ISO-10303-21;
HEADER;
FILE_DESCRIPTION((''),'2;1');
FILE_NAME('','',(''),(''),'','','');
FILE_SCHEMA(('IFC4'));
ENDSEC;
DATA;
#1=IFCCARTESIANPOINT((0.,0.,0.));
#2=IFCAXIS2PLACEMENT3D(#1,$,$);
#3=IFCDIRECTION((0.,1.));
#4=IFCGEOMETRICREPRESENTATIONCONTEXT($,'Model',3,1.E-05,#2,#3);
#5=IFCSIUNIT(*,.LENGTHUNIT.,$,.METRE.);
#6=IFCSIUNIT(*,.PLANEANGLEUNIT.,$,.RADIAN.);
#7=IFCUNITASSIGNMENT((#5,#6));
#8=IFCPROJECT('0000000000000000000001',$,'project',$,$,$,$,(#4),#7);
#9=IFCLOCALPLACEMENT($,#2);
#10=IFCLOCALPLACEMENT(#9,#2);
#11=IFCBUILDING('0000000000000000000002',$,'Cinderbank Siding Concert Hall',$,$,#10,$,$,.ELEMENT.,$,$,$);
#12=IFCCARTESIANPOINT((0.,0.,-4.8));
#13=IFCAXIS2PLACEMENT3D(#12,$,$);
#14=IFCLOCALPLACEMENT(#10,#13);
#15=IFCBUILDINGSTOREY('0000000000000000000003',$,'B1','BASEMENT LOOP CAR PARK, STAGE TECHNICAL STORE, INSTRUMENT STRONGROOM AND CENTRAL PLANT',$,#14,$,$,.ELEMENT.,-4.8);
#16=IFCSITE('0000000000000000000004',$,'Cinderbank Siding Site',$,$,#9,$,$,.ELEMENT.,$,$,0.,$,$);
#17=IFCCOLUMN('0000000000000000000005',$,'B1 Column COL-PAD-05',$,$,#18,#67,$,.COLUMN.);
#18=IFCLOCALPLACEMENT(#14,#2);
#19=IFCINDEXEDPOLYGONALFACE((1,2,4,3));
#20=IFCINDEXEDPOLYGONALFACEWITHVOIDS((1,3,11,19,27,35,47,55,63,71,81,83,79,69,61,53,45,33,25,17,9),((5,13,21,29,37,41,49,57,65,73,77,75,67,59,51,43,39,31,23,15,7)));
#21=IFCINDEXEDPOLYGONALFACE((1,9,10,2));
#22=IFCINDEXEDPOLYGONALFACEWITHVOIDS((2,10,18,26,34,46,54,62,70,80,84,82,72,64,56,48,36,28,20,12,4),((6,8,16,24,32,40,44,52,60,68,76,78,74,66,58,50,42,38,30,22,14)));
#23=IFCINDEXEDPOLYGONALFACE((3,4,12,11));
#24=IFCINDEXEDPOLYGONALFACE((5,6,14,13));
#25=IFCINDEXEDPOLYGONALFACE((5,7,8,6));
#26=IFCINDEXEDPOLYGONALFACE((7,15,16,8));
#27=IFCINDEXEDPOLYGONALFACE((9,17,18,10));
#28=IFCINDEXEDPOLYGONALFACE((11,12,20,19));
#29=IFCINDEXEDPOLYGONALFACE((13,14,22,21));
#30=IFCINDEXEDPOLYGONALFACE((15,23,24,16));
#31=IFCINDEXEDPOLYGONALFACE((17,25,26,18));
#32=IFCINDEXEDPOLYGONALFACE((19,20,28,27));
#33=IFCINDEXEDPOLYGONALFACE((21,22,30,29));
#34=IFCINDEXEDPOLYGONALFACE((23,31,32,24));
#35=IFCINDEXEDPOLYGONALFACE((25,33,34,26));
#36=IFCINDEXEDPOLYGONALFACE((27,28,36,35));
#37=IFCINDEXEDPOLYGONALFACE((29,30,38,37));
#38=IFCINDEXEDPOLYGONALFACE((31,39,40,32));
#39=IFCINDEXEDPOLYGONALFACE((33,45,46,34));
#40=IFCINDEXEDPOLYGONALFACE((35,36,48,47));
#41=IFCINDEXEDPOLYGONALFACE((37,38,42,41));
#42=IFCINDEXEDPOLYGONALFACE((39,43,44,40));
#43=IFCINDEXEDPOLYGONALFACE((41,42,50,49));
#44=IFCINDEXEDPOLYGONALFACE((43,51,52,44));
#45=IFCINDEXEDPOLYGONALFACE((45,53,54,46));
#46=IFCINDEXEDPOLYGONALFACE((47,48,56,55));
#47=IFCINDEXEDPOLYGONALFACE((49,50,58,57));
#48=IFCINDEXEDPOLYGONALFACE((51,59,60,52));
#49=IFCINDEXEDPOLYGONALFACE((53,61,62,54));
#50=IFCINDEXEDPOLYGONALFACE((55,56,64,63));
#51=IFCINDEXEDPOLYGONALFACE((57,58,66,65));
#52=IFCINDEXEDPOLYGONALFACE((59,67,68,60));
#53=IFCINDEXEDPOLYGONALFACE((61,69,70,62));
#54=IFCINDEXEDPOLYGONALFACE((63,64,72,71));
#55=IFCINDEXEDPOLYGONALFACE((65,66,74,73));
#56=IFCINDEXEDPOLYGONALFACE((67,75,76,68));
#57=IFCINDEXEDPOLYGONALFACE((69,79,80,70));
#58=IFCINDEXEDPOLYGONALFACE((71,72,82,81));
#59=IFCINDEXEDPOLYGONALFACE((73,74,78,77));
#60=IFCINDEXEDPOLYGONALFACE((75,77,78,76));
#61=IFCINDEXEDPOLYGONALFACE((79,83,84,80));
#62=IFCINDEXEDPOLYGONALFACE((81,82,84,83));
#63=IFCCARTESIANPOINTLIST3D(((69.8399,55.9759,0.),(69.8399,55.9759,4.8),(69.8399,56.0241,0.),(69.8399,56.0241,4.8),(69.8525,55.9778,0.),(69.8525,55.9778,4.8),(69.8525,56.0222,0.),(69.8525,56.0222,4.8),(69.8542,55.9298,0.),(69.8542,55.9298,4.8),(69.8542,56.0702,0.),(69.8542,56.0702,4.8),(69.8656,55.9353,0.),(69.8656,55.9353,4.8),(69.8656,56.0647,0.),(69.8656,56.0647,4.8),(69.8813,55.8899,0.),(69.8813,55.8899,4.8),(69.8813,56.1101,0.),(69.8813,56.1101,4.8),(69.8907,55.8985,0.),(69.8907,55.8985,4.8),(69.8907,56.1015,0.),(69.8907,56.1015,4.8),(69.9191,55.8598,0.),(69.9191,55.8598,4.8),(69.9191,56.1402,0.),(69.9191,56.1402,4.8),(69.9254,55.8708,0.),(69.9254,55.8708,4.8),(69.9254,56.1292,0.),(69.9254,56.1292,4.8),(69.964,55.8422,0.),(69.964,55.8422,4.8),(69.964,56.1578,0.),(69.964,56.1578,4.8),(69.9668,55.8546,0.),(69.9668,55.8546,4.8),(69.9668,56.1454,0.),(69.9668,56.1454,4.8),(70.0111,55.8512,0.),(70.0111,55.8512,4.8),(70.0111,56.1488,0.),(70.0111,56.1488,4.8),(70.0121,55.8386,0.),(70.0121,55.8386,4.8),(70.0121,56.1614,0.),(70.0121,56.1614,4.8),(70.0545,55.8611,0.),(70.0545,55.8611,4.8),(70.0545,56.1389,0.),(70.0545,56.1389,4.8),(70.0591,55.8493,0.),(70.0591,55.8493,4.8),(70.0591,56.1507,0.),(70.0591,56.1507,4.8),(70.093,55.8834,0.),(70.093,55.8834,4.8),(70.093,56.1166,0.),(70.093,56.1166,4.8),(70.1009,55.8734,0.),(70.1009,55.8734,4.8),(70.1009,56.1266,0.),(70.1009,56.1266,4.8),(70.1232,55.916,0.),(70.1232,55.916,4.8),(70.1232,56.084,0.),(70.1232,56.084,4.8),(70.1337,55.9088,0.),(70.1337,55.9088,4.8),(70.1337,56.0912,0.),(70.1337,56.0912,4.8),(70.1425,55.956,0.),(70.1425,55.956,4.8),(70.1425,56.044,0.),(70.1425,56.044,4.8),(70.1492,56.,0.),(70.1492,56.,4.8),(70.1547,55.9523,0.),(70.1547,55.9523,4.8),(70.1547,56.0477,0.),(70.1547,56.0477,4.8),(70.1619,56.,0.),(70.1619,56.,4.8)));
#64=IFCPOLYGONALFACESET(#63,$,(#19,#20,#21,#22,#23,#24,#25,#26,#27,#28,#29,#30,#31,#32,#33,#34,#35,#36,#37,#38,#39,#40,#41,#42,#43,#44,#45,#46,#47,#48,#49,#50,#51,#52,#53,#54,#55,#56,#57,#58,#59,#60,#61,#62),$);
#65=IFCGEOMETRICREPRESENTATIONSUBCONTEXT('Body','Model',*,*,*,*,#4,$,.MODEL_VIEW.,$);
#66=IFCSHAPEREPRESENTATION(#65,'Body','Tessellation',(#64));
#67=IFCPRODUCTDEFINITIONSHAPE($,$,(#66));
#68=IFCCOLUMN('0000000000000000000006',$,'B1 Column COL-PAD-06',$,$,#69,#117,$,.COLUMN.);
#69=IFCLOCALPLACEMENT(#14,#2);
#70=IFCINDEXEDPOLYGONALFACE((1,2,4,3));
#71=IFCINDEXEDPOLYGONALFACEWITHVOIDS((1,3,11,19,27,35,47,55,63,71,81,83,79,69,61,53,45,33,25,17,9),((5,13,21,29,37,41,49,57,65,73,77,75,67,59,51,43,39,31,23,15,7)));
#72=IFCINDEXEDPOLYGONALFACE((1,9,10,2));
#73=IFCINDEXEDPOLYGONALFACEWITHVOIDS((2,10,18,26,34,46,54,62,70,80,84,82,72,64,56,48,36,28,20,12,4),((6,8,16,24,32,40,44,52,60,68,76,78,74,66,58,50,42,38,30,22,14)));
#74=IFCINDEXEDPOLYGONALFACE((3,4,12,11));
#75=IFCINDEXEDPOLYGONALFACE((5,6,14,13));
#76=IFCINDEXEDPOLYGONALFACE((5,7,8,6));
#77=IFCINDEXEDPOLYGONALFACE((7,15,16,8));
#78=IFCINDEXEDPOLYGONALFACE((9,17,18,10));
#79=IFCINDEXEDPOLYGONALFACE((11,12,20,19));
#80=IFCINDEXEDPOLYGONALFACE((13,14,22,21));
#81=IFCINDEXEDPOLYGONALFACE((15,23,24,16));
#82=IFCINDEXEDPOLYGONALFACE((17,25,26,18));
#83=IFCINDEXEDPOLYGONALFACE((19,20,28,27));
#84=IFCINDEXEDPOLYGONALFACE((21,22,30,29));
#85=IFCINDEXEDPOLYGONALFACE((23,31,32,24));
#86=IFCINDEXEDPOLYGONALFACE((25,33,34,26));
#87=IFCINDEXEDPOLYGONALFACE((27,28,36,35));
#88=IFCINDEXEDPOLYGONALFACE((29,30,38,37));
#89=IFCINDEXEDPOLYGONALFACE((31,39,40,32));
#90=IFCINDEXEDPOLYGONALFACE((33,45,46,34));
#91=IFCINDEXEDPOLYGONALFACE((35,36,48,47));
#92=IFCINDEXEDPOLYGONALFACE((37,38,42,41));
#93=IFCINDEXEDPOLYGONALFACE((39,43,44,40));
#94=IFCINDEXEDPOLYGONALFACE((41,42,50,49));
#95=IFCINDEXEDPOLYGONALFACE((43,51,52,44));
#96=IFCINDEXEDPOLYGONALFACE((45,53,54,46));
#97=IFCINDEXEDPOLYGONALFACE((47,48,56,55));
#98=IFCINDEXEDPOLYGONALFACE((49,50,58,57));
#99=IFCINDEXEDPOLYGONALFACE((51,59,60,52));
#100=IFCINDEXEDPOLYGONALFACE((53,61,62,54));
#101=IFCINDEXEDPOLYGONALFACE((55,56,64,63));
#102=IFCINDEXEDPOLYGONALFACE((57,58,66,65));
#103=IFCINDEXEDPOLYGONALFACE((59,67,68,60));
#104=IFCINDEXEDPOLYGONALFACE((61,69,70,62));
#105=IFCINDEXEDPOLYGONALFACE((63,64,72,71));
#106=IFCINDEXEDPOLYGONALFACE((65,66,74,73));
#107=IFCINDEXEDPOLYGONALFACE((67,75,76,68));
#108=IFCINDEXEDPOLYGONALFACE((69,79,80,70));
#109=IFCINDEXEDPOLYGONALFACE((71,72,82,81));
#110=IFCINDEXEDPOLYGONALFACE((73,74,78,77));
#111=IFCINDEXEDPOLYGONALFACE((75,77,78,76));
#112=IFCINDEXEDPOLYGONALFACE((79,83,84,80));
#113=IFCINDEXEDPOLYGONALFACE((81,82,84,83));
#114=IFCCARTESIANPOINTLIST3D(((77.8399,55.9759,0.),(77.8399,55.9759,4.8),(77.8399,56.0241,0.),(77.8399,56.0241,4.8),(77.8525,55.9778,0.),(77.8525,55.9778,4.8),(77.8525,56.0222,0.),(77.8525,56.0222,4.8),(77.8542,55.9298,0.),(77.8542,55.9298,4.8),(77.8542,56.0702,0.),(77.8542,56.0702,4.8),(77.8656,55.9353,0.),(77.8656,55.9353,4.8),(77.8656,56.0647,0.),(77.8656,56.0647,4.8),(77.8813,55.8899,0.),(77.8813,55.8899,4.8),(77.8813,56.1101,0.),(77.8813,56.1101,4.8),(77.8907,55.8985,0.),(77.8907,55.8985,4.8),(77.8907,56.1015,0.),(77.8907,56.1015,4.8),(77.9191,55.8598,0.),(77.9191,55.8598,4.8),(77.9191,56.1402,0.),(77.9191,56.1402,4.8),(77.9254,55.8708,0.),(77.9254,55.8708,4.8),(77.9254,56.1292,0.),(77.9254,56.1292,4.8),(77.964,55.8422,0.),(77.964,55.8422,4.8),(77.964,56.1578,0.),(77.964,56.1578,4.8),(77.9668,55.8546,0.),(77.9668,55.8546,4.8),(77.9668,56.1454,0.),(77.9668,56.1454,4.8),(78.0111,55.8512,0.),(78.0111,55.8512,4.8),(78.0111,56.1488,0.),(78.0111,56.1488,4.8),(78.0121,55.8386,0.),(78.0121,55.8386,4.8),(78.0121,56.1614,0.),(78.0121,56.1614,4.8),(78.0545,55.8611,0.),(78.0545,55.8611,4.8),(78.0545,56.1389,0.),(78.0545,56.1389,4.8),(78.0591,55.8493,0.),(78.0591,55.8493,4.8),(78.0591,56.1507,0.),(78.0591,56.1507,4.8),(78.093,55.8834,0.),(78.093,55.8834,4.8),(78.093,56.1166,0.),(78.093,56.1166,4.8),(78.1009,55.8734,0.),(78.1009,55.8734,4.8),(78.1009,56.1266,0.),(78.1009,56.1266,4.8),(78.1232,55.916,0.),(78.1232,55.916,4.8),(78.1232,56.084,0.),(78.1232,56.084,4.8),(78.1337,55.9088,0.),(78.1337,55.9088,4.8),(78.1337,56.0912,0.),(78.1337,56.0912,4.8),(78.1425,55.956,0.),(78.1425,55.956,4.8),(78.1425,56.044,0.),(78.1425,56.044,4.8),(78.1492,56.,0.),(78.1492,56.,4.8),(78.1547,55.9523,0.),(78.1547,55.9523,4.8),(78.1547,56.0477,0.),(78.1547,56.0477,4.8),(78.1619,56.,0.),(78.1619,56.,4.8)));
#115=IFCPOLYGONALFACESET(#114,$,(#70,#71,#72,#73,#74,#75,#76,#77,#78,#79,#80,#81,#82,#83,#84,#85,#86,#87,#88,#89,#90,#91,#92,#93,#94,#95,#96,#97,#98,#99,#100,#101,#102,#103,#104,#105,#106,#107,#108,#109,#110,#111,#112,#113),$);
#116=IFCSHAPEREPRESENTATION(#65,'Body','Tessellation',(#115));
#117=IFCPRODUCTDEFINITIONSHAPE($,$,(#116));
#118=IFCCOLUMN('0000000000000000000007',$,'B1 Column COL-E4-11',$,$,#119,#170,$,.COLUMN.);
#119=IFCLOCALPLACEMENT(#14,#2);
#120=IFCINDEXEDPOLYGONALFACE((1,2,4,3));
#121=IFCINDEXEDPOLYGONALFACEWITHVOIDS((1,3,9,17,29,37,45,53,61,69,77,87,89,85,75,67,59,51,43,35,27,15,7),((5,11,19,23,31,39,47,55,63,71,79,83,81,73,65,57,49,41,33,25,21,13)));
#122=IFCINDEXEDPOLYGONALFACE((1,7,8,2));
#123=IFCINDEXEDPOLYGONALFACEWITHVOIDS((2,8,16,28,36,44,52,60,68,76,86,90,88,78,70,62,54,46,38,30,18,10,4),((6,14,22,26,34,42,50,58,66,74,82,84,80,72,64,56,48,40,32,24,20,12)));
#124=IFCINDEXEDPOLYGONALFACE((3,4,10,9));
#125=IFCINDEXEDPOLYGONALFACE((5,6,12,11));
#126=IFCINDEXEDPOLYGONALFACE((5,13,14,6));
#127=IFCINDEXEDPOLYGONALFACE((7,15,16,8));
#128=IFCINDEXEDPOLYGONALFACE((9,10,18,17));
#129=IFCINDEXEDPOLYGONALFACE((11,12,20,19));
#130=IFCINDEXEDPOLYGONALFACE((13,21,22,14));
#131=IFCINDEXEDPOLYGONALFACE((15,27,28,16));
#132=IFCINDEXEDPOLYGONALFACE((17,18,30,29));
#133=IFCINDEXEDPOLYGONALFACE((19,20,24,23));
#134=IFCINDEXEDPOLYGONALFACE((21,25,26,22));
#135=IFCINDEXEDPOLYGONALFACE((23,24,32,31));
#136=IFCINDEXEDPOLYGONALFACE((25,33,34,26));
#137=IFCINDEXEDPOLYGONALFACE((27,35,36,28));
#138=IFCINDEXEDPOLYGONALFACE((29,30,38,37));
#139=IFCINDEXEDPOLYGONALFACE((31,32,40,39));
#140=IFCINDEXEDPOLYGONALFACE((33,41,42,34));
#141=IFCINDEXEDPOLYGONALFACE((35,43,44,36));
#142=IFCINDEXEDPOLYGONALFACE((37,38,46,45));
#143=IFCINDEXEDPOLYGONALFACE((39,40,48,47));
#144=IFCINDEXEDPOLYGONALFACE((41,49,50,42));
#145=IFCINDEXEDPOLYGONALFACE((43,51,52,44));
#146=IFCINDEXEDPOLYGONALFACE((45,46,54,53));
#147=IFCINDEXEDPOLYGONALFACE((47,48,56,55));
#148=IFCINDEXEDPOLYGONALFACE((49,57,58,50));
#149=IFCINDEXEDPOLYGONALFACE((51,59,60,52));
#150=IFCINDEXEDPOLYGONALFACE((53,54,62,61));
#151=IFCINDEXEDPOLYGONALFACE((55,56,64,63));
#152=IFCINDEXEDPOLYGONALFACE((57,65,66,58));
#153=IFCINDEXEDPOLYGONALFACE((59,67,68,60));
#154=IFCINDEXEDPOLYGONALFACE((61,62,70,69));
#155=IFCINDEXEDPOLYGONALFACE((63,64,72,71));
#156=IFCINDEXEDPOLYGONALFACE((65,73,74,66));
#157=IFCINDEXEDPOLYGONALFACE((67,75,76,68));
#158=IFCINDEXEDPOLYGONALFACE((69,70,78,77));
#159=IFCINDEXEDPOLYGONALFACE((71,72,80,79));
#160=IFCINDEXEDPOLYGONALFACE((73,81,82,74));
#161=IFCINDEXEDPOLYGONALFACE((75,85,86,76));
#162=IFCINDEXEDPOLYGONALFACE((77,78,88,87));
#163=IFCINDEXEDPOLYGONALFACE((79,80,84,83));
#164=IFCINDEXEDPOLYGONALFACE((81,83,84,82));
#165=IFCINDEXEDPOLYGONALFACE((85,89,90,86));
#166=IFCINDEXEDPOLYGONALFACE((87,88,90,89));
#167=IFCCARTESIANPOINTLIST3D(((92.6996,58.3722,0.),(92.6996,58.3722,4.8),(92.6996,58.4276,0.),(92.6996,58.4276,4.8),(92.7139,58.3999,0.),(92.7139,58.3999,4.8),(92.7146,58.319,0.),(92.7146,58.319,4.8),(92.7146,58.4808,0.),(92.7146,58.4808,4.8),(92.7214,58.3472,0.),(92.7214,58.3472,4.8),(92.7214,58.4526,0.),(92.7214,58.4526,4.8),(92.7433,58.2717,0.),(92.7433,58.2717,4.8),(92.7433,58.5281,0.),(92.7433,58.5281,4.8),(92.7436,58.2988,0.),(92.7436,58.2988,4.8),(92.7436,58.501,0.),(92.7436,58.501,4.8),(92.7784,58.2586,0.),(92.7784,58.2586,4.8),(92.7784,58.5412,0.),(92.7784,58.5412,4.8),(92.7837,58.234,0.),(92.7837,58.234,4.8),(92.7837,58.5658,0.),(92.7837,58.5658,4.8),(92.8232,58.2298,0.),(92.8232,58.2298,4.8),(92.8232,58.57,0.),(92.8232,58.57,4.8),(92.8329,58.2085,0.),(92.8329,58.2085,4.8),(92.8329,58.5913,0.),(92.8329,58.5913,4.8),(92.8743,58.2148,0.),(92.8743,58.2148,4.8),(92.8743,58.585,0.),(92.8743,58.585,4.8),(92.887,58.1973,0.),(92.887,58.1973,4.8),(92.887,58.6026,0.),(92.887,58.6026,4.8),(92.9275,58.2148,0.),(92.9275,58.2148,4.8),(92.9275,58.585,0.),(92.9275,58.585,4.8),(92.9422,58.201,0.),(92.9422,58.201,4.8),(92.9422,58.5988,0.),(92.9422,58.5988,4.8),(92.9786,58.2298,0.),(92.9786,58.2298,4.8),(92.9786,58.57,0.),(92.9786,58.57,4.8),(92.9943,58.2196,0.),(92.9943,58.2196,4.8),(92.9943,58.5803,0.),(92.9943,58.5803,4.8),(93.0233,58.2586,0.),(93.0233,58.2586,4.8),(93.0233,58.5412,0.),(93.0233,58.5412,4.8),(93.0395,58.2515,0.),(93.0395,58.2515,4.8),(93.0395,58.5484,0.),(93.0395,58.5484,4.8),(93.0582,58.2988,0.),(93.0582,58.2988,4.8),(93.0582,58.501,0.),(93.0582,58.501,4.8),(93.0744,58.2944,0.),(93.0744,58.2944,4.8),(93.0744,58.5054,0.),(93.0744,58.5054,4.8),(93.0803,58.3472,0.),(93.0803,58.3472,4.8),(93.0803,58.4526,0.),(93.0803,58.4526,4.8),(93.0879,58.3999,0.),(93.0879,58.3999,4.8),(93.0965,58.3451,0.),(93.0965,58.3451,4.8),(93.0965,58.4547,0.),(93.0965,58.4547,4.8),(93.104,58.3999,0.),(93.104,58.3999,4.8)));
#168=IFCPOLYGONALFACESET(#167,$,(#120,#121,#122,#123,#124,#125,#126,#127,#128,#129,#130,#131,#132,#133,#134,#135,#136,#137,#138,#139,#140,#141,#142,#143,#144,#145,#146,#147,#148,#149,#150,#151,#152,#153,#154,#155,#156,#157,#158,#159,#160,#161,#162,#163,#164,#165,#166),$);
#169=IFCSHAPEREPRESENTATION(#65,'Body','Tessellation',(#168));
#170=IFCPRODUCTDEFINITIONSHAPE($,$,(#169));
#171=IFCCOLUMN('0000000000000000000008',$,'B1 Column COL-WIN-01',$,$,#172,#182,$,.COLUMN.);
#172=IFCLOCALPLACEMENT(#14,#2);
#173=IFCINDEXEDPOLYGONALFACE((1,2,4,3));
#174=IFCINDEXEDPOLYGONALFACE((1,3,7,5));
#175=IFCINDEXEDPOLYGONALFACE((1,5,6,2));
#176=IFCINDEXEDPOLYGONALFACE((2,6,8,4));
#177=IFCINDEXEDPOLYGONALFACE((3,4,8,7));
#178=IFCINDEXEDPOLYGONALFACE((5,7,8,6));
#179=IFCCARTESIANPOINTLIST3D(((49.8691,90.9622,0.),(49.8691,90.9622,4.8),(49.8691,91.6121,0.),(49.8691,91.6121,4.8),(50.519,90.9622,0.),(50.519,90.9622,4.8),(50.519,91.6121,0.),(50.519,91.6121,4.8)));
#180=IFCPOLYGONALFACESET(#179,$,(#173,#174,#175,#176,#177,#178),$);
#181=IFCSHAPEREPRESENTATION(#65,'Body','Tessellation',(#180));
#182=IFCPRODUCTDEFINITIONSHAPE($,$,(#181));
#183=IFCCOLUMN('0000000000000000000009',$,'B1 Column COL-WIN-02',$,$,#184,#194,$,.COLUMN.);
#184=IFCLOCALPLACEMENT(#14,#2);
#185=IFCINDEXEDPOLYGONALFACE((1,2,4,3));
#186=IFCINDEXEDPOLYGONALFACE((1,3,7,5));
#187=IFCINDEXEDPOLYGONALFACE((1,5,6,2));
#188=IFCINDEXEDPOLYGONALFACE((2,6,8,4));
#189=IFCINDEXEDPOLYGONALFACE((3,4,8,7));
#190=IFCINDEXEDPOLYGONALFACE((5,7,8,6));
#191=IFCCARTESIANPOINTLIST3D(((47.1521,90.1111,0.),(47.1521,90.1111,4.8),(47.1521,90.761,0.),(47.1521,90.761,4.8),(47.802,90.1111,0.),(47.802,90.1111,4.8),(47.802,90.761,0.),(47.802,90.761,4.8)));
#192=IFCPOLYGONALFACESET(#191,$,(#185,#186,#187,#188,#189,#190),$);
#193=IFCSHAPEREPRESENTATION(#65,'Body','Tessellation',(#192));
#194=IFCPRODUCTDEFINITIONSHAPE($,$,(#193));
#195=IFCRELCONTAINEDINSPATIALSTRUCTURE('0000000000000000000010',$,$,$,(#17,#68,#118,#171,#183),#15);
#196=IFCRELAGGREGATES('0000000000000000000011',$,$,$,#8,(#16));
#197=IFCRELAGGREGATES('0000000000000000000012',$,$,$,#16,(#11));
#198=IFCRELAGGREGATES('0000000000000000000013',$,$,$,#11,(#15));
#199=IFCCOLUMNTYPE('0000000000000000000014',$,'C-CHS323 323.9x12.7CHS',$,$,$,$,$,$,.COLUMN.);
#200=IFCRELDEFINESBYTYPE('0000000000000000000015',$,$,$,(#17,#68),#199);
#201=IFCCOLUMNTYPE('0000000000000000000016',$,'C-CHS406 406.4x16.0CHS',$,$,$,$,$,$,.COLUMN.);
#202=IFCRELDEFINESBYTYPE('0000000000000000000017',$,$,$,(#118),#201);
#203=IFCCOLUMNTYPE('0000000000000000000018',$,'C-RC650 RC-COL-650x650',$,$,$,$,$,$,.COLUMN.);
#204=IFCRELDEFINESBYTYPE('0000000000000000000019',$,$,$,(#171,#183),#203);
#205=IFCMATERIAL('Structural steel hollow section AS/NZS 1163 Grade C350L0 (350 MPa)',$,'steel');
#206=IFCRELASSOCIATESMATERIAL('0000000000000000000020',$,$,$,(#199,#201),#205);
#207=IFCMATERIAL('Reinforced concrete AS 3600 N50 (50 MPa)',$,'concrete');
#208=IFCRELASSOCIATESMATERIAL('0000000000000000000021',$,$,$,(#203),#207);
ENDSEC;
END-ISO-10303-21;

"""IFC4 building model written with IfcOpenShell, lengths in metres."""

from ifc_helpers import new_model, si_unit, direction, frame, origin, origin_2d, place, context, subcontext, project, spatial, rectangle, hollow_circle, extrude, material, material_profile, profile_set, type_object, element, save


model = new_model("IFC4")

# Units and contexts
model_context = context("Model", 3, precision=1e-05, world=origin(), true_north=direction((0.0, 1.0)))
body_context = subcontext(model_context, "Body", "Model", "MODEL_VIEW")
ifc_project = project(units=[si_unit("LENGTHUNIT", "METRE"), si_unit("PLANEANGLEUNIT", "RADIAN")], contexts=[model_context])

# Site, building, storey
site_placement = place(None, origin())
site = spatial("IfcSite", under=ifc_project, at=site_placement, Name="Cinderbank Siding Site", CompositionType="ELEMENT", RefElevation=0.0)
building_placement = place(site_placement, origin())
building = spatial("IfcBuilding", under=site, at=building_placement, Name="Cinderbank Siding Concert Hall", CompositionType="ELEMENT")
storey_placement = place(building_placement, frame((0.0, 0.0, -4.8)))
storey = spatial("IfcBuildingStorey", under=building, at=storey_placement, Name="B1", Description="BASEMENT LOOP CAR PARK, STAGE TECHNICAL STORE, INSTRUMENT STRONGROOM AND CENTRAL PLANT", CompositionType="ELEMENT", Elevation=-4.8)

# Columns
ifc_material_1 = material(Name="Structural steel hollow section AS/NZS 1163 Grade C350L0 (350 MPa)", Category="steel")
ifc_material_profile_1 = material_profile(ifc_material_1, hollow_circle(Radius=0.1619, WallThickness=0.0127, at=origin_2d()), Name="323.9x12.7CHS", Category="LoadBearing")
ifc_profile_set_1 = profile_set([ifc_material_profile_1], Name="Structural steel hollow section AS/NZS 1163 Grade C350L0 (350 MPa)")
column_type_1 = type_object("IfcColumnType", Name="C-CHS323 323.9x12.7CHS", PredefinedType="COLUMN", material=ifc_profile_set_1)
for number, where, z_axis, x_axis, name in (
    (1, (70.0, 56.0, 0.0), (0.0, 0.0, 1.0), (1.0, 0.0, 0.0), "B1 Column COL-PAD-05"),
    (2, (78.0, 56.0, 0.0), (0.0, 0.0, 1.0), (1.0, 0.0, 0.0), "B1 Column COL-PAD-06"),
):
    element("IfcColumn", number, at=place(storey_placement, frame(where, z_axis=z_axis, x_axis=x_axis)), inside=storey, type_object=column_type_1, Name=name, PredefinedType="COLUMN", context=body_context, shape_type="SweptSolid", body=[
        extrude(hollow_circle(Radius=0.1619, WallThickness=0.0127, at=origin_2d()), origin(), (0.0, 0.0, 1.0), 4.8),
    ])
ifc_material_profile_2 = material_profile(ifc_material_1, hollow_circle(Radius=0.2031, WallThickness=0.0161, at=origin_2d()), Name="406.4x16.0CHS", Category="LoadBearing")
ifc_profile_set_2 = profile_set([ifc_material_profile_2], Name="Structural steel hollow section AS/NZS 1163 Grade C350L0 (350 MPa)")
column_type_2 = type_object("IfcColumnType", Name="C-CHS406 406.4x16.0CHS", PredefinedType="COLUMN", material=ifc_profile_set_2)
column_1_placement = place(storey_placement, frame((92.9009, 58.3999, 0.0), z_axis=(0.0, 0.0, 1.0), x_axis=(1.0, 0.0, 0.0)))
element("IfcColumn", 3, at=column_1_placement, inside=storey, type_object=column_type_2, Name="B1 Column COL-E4-11", PredefinedType="COLUMN", context=body_context, shape_type="SweptSolid", body=[
    extrude(hollow_circle(Radius=0.2031, WallThickness=0.0161, at=origin_2d()), origin(), (0.0, 0.0, 1.0), 4.8),
])
ifc_material_2 = material(Name="Reinforced concrete AS 3600 N50 (50 MPa)", Category="concrete")
ifc_material_profile_3 = material_profile(ifc_material_2, rectangle(XDim=0.6499, YDim=0.6499, at=origin_2d()), Name="RC-COL-650x650", Category="LoadBearing")
ifc_profile_set_3 = profile_set([ifc_material_profile_3], Name="Reinforced concrete AS 3600 N50 (50 MPa)")
column_type_3 = type_object("IfcColumnType", Name="C-RC650 RC-COL-650x650", PredefinedType="COLUMN", material=ifc_profile_set_3)
for number, where, z_axis, x_axis, name in (
    (4, (50.1941, 91.2871, 0.0), (0.0, 0.0, 1.0), (1.0, 0.0, 0.0), "B1 Column COL-WIN-01"),
    (5, (47.4771, 90.436, 0.0), (0.0, 0.0, 1.0), (1.0, 0.0, 0.0), "B1 Column COL-WIN-02"),
):
    element("IfcColumn", number, at=place(storey_placement, frame(where, z_axis=z_axis, x_axis=x_axis)), inside=storey, type_object=column_type_3, Name=name, PredefinedType="COLUMN", context=body_context, shape_type="SweptSolid", body=[
        extrude(rectangle(XDim=0.6499, YDim=0.6499, at=origin_2d()), origin(), (0.0, 0.0, 1.0), 4.8),
    ])

save(model, "model.ifc")
